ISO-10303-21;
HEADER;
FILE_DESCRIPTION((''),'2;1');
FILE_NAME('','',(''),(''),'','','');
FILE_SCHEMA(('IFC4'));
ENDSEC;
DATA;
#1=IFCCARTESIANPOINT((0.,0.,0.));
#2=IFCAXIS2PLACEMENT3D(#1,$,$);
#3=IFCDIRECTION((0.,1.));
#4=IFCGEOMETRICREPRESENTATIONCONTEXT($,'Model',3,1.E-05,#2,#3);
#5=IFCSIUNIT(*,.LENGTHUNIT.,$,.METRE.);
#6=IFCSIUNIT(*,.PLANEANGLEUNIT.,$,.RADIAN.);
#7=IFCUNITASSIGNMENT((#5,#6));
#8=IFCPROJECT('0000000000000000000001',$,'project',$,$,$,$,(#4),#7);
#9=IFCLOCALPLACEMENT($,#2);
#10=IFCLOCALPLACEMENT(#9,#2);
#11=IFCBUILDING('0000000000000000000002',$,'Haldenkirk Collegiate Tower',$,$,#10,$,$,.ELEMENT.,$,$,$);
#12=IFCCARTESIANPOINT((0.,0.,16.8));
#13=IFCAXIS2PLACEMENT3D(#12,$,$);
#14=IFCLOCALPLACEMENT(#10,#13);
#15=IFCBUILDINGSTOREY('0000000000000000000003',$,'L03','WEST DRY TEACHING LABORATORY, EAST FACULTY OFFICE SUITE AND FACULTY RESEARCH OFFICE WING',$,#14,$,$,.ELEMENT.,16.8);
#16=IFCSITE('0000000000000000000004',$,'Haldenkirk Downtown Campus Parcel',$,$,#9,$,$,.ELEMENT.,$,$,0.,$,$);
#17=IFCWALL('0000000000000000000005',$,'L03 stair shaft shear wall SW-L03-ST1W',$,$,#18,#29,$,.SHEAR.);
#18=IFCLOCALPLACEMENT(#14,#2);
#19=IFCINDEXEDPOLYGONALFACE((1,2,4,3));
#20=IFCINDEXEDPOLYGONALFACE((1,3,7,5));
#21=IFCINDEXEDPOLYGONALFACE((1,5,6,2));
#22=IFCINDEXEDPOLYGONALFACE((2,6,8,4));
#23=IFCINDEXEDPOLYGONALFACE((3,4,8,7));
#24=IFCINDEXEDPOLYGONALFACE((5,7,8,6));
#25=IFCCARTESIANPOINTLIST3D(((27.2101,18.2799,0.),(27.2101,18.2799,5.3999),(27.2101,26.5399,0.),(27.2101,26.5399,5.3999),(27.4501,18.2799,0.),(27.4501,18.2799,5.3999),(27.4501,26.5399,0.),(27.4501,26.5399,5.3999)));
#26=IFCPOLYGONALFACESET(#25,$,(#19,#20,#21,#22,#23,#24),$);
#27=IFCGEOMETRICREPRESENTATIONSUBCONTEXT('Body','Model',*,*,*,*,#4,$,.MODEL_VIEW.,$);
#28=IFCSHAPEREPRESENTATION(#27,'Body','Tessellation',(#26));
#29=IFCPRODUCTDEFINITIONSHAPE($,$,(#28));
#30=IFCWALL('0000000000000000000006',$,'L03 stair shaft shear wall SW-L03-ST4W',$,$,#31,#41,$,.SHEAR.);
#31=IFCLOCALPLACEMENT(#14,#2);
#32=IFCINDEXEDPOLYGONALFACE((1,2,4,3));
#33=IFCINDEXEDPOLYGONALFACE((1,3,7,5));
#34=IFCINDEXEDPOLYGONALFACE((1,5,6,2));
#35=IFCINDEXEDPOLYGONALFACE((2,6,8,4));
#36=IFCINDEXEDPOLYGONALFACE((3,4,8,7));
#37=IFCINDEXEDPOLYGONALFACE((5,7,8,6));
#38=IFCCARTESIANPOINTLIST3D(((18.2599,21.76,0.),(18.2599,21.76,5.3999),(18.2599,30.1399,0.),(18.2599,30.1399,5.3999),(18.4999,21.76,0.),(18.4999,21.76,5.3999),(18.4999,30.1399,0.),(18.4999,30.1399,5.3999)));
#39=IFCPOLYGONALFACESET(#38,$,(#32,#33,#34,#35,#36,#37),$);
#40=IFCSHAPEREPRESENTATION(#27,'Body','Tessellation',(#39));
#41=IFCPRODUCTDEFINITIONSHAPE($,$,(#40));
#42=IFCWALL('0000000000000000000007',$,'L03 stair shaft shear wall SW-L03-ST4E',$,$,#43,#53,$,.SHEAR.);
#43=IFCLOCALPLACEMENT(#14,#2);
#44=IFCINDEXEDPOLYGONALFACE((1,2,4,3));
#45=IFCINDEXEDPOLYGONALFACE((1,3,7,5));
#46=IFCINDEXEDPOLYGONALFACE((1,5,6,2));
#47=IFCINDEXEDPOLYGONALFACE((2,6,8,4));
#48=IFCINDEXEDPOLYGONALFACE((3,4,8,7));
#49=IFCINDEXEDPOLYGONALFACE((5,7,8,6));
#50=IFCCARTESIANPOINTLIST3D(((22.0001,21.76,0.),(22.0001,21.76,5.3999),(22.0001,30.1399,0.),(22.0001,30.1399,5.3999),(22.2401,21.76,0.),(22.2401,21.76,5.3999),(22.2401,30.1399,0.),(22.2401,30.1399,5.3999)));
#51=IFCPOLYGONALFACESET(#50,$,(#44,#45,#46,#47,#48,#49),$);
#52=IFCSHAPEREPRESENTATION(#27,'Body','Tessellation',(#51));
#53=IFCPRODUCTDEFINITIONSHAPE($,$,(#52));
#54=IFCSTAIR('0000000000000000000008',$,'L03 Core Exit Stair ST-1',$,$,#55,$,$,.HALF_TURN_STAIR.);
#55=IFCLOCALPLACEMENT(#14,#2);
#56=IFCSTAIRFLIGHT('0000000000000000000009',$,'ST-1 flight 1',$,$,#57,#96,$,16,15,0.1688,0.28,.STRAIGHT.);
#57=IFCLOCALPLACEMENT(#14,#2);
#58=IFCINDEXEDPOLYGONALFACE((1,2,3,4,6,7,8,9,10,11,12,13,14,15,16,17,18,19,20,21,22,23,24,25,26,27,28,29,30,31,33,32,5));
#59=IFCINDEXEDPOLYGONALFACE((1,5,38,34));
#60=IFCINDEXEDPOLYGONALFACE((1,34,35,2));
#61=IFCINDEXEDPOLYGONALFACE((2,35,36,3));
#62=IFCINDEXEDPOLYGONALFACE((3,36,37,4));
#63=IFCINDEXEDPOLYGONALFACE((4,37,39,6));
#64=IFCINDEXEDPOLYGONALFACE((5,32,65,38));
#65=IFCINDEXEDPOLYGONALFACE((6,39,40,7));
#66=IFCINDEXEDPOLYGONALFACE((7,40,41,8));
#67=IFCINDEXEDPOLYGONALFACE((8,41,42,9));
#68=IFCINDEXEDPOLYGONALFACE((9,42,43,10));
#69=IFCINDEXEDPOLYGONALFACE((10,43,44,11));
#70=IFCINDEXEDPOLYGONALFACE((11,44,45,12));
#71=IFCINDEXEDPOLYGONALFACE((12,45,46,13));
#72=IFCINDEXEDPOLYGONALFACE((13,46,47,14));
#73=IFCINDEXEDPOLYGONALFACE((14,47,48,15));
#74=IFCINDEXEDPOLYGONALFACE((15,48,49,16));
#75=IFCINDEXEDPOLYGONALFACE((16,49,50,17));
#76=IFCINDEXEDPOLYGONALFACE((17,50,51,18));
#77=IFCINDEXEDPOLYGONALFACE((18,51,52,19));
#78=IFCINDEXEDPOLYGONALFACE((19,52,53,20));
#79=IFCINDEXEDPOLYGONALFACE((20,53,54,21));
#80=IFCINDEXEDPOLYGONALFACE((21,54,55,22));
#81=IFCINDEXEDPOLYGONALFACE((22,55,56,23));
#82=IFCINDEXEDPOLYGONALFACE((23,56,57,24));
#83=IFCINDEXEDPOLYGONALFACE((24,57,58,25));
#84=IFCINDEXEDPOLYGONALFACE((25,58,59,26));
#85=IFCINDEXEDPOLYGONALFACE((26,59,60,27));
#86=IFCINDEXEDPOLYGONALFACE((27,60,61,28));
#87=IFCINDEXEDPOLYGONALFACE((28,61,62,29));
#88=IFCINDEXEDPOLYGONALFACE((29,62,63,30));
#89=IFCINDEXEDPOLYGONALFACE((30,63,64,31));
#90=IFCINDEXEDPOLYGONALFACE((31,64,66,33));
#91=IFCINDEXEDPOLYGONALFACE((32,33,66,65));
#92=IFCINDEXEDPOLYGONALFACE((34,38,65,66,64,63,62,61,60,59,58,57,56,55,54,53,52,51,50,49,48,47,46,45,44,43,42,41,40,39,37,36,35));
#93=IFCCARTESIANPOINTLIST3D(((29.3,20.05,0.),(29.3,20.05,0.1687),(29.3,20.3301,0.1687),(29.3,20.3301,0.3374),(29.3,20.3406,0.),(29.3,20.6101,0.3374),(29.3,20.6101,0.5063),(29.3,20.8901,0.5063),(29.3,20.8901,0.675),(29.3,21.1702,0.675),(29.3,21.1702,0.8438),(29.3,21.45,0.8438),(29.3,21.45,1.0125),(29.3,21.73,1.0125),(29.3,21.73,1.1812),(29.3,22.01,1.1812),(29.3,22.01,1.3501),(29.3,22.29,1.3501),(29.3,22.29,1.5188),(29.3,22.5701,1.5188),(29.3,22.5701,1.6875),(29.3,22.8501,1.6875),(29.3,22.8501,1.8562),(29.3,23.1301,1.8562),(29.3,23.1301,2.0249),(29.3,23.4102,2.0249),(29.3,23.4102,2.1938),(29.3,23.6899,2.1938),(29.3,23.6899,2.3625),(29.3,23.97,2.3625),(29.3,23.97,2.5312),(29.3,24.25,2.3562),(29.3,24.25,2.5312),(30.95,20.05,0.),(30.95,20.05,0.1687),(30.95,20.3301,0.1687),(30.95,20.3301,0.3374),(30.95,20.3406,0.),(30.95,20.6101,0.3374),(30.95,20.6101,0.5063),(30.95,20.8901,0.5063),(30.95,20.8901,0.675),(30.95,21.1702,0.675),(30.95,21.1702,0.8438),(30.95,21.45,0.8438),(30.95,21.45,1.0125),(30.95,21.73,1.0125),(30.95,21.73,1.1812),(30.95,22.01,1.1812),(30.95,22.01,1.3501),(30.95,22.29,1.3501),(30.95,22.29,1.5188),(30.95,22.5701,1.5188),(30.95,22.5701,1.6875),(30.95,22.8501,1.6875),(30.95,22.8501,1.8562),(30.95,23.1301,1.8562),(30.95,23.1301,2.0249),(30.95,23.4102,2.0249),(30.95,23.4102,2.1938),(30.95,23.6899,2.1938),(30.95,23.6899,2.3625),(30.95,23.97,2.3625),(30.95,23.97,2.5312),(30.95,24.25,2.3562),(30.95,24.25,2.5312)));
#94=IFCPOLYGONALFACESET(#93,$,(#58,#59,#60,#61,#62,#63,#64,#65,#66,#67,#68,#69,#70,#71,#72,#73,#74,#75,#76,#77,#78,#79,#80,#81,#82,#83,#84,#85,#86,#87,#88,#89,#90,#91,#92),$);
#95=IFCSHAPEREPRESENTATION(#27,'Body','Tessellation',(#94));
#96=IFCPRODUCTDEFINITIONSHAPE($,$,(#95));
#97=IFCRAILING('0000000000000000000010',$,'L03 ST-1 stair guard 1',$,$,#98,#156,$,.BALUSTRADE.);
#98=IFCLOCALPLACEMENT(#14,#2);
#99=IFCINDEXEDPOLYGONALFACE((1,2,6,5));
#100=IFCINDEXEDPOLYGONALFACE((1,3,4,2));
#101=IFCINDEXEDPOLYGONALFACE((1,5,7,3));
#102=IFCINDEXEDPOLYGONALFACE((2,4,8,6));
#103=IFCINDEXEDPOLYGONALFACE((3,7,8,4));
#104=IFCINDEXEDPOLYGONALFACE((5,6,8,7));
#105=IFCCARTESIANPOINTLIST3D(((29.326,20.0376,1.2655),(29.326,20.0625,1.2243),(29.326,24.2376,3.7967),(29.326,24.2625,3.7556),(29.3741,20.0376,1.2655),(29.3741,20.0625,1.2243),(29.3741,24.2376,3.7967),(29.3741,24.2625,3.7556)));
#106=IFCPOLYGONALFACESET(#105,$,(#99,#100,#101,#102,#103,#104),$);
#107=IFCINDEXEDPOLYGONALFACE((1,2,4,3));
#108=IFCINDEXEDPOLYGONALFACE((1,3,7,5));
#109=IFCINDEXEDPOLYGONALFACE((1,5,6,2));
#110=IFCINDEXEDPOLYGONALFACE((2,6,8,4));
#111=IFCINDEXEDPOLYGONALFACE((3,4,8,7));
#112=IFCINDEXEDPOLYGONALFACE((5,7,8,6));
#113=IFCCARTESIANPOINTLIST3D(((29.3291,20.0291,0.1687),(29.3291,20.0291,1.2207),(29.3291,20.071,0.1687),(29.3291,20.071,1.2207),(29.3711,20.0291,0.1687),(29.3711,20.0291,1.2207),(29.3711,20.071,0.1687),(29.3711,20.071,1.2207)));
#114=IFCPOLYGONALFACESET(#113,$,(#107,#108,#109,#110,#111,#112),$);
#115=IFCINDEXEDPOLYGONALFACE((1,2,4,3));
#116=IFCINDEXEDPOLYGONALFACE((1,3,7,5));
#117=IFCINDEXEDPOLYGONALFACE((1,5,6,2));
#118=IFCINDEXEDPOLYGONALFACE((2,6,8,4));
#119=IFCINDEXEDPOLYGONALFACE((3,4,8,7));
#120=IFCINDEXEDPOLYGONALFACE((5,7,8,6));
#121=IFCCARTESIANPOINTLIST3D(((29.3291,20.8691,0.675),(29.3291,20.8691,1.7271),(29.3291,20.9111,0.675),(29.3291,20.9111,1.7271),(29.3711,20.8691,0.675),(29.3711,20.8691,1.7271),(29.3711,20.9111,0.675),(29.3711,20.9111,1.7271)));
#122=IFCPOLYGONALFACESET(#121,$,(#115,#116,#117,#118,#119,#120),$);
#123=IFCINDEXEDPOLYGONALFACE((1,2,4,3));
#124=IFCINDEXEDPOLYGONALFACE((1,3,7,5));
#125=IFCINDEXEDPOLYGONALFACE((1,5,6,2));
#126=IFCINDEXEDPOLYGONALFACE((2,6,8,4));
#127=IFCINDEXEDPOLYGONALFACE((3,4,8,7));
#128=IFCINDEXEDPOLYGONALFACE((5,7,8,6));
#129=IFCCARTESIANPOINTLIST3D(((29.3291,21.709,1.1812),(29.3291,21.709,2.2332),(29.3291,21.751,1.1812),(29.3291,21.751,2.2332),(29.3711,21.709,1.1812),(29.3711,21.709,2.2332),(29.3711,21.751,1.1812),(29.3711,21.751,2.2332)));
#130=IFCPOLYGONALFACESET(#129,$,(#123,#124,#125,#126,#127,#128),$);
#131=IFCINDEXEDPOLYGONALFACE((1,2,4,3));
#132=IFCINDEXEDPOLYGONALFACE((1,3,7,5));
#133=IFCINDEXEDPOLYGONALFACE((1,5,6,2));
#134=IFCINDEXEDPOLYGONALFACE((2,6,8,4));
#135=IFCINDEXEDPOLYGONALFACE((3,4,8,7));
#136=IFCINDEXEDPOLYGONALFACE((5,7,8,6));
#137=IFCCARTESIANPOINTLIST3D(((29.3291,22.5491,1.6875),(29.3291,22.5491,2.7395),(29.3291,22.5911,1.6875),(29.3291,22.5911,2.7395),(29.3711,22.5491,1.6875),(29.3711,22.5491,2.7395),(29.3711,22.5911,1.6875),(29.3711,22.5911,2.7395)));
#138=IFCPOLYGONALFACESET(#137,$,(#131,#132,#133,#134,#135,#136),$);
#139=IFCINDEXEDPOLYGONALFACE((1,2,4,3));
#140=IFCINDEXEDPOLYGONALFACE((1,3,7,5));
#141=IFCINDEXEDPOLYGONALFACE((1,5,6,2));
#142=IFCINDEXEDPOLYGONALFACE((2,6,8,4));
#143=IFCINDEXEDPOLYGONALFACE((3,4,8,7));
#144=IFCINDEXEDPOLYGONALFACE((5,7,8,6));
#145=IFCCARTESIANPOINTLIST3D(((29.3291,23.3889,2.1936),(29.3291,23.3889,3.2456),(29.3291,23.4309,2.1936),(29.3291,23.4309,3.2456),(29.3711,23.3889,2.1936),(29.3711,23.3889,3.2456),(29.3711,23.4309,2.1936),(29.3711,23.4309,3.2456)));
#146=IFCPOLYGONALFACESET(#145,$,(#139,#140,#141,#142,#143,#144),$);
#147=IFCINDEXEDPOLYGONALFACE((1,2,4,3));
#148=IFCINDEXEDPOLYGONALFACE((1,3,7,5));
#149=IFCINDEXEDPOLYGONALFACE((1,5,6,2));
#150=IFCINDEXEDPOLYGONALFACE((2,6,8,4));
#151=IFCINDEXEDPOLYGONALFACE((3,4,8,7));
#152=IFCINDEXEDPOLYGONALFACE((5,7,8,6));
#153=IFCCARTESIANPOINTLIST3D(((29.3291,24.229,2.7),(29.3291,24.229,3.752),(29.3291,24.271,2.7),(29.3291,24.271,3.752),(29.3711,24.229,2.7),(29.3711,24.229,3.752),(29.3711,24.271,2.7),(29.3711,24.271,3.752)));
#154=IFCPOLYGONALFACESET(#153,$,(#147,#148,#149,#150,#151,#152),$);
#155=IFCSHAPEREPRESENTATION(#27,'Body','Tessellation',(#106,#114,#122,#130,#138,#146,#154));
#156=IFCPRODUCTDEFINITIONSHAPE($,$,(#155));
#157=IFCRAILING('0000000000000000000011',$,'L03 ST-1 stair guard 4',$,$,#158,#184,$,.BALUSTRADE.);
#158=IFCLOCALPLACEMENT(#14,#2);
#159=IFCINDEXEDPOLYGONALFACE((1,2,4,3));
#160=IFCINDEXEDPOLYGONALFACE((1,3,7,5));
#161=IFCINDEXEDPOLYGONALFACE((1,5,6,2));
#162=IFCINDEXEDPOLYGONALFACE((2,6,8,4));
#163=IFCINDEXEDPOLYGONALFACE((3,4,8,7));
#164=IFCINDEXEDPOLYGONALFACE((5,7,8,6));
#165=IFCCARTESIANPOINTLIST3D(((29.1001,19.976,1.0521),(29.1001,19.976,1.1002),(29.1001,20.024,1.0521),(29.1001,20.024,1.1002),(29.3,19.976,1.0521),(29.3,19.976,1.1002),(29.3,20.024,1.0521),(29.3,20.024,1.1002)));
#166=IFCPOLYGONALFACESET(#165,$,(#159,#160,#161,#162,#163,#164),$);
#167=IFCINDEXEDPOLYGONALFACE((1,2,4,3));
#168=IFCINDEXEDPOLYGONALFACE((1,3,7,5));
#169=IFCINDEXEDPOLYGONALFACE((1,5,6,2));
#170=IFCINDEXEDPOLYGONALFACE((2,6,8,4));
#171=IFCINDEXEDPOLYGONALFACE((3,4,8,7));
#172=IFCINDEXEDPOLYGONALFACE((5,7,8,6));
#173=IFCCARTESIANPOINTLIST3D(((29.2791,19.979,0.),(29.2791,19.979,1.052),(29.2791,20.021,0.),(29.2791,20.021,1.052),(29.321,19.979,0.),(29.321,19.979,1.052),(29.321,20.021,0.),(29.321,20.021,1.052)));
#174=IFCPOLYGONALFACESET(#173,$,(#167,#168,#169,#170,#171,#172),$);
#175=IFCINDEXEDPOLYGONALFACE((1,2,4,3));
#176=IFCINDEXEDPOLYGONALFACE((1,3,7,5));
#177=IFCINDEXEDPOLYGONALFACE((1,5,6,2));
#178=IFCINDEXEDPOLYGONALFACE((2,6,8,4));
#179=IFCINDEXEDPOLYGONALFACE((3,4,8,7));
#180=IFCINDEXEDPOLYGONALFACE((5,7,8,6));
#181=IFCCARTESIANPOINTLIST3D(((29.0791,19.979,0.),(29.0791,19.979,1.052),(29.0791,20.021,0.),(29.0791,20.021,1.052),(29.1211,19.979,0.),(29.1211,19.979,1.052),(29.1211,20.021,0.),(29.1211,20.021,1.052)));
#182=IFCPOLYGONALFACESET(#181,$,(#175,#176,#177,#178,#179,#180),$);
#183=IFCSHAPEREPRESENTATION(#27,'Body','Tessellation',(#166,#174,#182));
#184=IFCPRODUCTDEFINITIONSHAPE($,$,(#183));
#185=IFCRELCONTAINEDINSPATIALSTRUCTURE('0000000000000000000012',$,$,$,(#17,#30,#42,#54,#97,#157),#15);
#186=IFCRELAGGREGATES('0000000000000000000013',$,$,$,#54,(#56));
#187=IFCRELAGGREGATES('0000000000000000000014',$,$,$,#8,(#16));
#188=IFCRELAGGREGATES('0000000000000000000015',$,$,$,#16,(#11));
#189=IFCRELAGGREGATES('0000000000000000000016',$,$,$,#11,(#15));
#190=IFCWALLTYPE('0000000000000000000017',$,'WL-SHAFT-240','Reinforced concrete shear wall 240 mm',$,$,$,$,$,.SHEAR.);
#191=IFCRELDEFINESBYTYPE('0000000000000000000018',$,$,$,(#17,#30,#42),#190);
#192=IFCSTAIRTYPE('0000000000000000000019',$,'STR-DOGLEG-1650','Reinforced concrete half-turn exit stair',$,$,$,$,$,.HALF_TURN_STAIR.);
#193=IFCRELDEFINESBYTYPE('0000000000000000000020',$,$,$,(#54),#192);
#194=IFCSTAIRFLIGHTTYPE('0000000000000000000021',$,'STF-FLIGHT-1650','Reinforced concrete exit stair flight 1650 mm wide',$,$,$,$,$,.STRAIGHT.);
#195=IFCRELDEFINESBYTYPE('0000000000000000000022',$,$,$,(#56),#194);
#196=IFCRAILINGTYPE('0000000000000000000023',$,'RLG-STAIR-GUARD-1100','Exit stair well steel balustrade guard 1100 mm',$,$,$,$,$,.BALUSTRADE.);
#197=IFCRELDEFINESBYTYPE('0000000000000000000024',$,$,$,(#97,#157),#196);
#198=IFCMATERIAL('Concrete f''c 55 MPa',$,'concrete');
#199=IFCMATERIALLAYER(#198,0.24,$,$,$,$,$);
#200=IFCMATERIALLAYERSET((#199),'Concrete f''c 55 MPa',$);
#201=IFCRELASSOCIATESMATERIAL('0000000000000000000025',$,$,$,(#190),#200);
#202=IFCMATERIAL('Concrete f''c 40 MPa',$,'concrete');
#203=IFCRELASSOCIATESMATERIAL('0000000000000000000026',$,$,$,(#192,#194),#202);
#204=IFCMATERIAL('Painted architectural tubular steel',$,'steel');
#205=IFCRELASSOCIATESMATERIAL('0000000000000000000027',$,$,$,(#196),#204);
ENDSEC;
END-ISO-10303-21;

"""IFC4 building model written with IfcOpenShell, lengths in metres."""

from ifc_helpers import new_model, si_unit, direction, frame, frame_2d, origin, origin_2d, place, context, subcontext, project, spatial, polyline, rectangle, outline, extrude, material, layer, layer_set, type_object, element, aggregate, save


model = new_model("IFC4")

# Units and contexts
model_context = context("Model", 3, precision=1e-05, world=origin(), true_north=direction((0.0, 1.0)))
body_context = subcontext(model_context, "Body", "Model", "MODEL_VIEW")
ifc_project = project(units=[si_unit("LENGTHUNIT", "METRE"), si_unit("PLANEANGLEUNIT", "RADIAN")], contexts=[model_context])

# Site, building, storey
site_placement = place(None, origin())
site = spatial("IfcSite", under=ifc_project, at=site_placement, Name="Haldenkirk Downtown Campus Parcel", CompositionType="ELEMENT", RefElevation=0.0)
building_placement = place(site_placement, origin())
building = spatial("IfcBuilding", under=site, at=building_placement, Name="Haldenkirk Collegiate Tower", CompositionType="ELEMENT")
storey_placement = place(building_placement, frame((0.0, 0.0, 16.8)))
storey = spatial("IfcBuildingStorey", under=building, at=storey_placement, Name="L03", Description="WEST DRY TEACHING LABORATORY, EAST FACULTY OFFICE SUITE AND FACULTY RESEARCH OFFICE WING", CompositionType="ELEMENT", Elevation=16.8)

# Shared definitions
ifc_material_1 = material(Name="Concrete f'c 55 MPa", Category="concrete")
ifc_layer_1 = layer(ifc_material_1, 0.24)
ifc_layer_set_1 = layer_set([ifc_layer_1], Name="Concrete f'c 55 MPa")
wall_type_1 = type_object("IfcWallType", Name="WL-SHAFT-240", Description="Reinforced concrete shear wall 240 mm", PredefinedType="SHEAR", material=ifc_layer_set_1)

# Walls
wall_1_placement = place(storey_placement, frame((27.3301, 18.28, 0.0), z_axis=(0.0, 0.0, 1.0), x_axis=(0.0, 1.0, 0.0)))
element("IfcWall", 1, at=wall_1_placement, inside=storey, type_object=wall_type_1, Name="L03 stair shaft shear wall SW-L03-ST1W", PredefinedType="SHEAR", context=body_context, shape_type="SweptSolid", body=[
    extrude(rectangle(XDim=8.26, YDim=0.24, at=frame_2d((4.1299, 0.0))), origin(), (0.0, 0.0, 1.0), 5.3999),
])
for number, where, z_axis, x_axis, name in (
    (2, (18.3799, 21.76, 0.0), (0.0, 0.0, 1.0), (0.0, 1.0, 0.0), "L03 stair shaft shear wall SW-L03-ST4W"),
    (3, (22.1201, 21.76, 0.0), (0.0, 0.0, 1.0), (0.0, 1.0, 0.0), "L03 stair shaft shear wall SW-L03-ST4E"),
):
    element("IfcWall", number, at=place(storey_placement, frame(where, z_axis=z_axis, x_axis=x_axis)), inside=storey, type_object=wall_type_1, Name=name, PredefinedType="SHEAR", context=body_context, shape_type="SweptSolid", body=[
        extrude(rectangle(XDim=8.3799, YDim=0.24, at=frame_2d((4.1899, 0.0))), origin(), (0.0, 0.0, 1.0), 5.3999),
    ])

# Stair, stair flight
ifc_material_2 = material(Name="Concrete f'c 40 MPa", Category="concrete")
stair_type = type_object("IfcStairType", Name="STR-DOGLEG-1650", Description="Reinforced concrete half-turn exit stair", PredefinedType="HALF_TURN_STAIR", material=ifc_material_2)
stair_placement = place(storey_placement, origin())
stair = element("IfcStair", 4, at=stair_placement, inside=storey, type_object=stair_type, Name="L03 Core Exit Stair ST-1", PredefinedType="HALF_TURN_STAIR")
stair_flight_type = type_object("IfcStairFlightType", Name="STF-FLIGHT-1650", Description="Reinforced concrete exit stair flight 1650 mm wide", PredefinedType="STRAIGHT", material=ifc_material_2)
stair_flight_placement = place(storey_placement, frame((30.125, 20.05, 0.0), z_axis=(0.0, 0.0, 1.0), x_axis=(0.0, 1.0, 0.0)))
stair_flight = element("IfcStairFlight", 5, at=stair_flight_placement, type_object=stair_flight_type, Name="ST-1 flight 1", NumberOfRisers=16, NumberOfTreads=15, PredefinedType="STRAIGHT", RiserHeight=0.1688, TreadLength=0.28, context=body_context, shape_type="SweptSolid", body=[
    extrude(outline(polyline([(0.0, 0.0), (0.0, 0.1687), (0.28, 0.1687), (0.28, 0.3374), (0.5601, 0.3374), (0.5601, 0.5063), (0.8401, 0.5063), (0.8401, 0.675), (1.1201, 0.675), (1.1201, 0.8438), (1.3999, 0.8438), (1.3999, 1.0125), (1.6799, 1.0125), (1.6799, 1.1812), (1.96, 1.1812), (1.96, 1.3501), (2.24, 1.3501), (2.24, 1.5188), (2.52, 1.5188), (2.52, 1.6875), (2.8, 1.6875), (2.8, 1.8562), (3.0801, 1.8562), (3.0801, 2.0249), (3.3601, 2.0249), (3.3601, 2.1938), (3.6399, 2.1938), (3.6399, 2.3625), (3.9199, 2.3625), (3.9199, 2.5312), (4.2, 2.5312), (4.2, 2.7), (4.2, 2.3562), (0.2905, 0.0), (0.0, 0.0)])), frame((0.0, 0.825, 0.0), z_axis=(0.0, -1.0, 0.0), x_axis=(1.0, 0.0, 0.0)), (0.0, 0.0, 1.0), 1.6499),
])
aggregate(stair, [stair_flight])

# Railings
ifc_material_3 = material(Name="Painted architectural tubular steel", Category="steel")
railing_type_1 = type_object("IfcRailingType", Name="RLG-STAIR-GUARD-1100", Description="Exit stair well steel balustrade guard 1100 mm", PredefinedType="BALUSTRADE", material=ifc_material_3)
railing_1_placement = place(storey_placement, frame((29.3501, 20.05, 0.1687)))
element("IfcRailing", 6, at=railing_1_placement, inside=storey, type_object=railing_type_1, Name="L03 ST-1 stair guard 1", PredefinedType="BALUSTRADE", context=body_context, shape_type="SweptSolid", body=[
    extrude(rectangle(XDim=0.0481, YDim=0.0481, at=origin_2d()), frame((0.0, 0.0, 1.0762), z_axis=(0.0, 0.856476, 0.516186), x_axis=(-1.0, 0.0, 0.0)), (0.0, 0.0, 1.0), 4.9038),
    extrude(rectangle(XDim=0.042, YDim=0.042, at=origin_2d()), origin(), (0.0, 0.0, 1.0), 1.052),
    extrude(rectangle(XDim=0.042, YDim=0.042, at=origin_2d()), frame((0.0, 0.8401, 0.5063)), (0.0, 0.0, 1.0), 1.052),
    extrude(rectangle(XDim=0.042, YDim=0.042, at=origin_2d()), frame((0.0, 1.6799, 1.0125)), (0.0, 0.0, 1.0), 1.052),
    extrude(rectangle(XDim=0.042, YDim=0.042, at=origin_2d()), frame((0.0, 2.52, 1.5188)), (0.0, 0.0, 1.0), 1.052),
    extrude(rectangle(XDim=0.042, YDim=0.042, at=origin_2d()), frame((0.0, 3.3599, 2.0249)), (0.0, 0.0, 1.0), 1.052),
    extrude(rectangle(XDim=0.042, YDim=0.042, at=origin_2d()), frame((0.0, 4.2, 2.5312)), (0.0, 0.0, 1.0), 1.052),
])
railing_2_placement = place(storey_placement, frame((29.3, 20.0, 0.0)))
element("IfcRailing", 7, at=railing_2_placement, inside=storey, type_object=railing_type_1, Name="L03 ST-1 stair guard 4", PredefinedType="BALUSTRADE", context=body_context, shape_type="SweptSolid", body=[
    extrude(rectangle(XDim=0.0481, YDim=0.0481, at=origin_2d()), frame((0.0, 0.0, 1.0762), z_axis=(-1.0, 0.0, 0.0), x_axis=(0.0, -1.0, 0.0)), (0.0, 0.0, 1.0), 0.2),
    extrude(rectangle(XDim=0.042, YDim=0.042, at=origin_2d()), origin(), (0.0, 0.0, 1.0), 1.052),
    extrude(rectangle(XDim=0.042, YDim=0.042, at=origin_2d()), frame((-0.2, 0.0, 0.0)), (0.0, 0.0, 1.0), 1.052),
])

save(model, "model.ifc")
